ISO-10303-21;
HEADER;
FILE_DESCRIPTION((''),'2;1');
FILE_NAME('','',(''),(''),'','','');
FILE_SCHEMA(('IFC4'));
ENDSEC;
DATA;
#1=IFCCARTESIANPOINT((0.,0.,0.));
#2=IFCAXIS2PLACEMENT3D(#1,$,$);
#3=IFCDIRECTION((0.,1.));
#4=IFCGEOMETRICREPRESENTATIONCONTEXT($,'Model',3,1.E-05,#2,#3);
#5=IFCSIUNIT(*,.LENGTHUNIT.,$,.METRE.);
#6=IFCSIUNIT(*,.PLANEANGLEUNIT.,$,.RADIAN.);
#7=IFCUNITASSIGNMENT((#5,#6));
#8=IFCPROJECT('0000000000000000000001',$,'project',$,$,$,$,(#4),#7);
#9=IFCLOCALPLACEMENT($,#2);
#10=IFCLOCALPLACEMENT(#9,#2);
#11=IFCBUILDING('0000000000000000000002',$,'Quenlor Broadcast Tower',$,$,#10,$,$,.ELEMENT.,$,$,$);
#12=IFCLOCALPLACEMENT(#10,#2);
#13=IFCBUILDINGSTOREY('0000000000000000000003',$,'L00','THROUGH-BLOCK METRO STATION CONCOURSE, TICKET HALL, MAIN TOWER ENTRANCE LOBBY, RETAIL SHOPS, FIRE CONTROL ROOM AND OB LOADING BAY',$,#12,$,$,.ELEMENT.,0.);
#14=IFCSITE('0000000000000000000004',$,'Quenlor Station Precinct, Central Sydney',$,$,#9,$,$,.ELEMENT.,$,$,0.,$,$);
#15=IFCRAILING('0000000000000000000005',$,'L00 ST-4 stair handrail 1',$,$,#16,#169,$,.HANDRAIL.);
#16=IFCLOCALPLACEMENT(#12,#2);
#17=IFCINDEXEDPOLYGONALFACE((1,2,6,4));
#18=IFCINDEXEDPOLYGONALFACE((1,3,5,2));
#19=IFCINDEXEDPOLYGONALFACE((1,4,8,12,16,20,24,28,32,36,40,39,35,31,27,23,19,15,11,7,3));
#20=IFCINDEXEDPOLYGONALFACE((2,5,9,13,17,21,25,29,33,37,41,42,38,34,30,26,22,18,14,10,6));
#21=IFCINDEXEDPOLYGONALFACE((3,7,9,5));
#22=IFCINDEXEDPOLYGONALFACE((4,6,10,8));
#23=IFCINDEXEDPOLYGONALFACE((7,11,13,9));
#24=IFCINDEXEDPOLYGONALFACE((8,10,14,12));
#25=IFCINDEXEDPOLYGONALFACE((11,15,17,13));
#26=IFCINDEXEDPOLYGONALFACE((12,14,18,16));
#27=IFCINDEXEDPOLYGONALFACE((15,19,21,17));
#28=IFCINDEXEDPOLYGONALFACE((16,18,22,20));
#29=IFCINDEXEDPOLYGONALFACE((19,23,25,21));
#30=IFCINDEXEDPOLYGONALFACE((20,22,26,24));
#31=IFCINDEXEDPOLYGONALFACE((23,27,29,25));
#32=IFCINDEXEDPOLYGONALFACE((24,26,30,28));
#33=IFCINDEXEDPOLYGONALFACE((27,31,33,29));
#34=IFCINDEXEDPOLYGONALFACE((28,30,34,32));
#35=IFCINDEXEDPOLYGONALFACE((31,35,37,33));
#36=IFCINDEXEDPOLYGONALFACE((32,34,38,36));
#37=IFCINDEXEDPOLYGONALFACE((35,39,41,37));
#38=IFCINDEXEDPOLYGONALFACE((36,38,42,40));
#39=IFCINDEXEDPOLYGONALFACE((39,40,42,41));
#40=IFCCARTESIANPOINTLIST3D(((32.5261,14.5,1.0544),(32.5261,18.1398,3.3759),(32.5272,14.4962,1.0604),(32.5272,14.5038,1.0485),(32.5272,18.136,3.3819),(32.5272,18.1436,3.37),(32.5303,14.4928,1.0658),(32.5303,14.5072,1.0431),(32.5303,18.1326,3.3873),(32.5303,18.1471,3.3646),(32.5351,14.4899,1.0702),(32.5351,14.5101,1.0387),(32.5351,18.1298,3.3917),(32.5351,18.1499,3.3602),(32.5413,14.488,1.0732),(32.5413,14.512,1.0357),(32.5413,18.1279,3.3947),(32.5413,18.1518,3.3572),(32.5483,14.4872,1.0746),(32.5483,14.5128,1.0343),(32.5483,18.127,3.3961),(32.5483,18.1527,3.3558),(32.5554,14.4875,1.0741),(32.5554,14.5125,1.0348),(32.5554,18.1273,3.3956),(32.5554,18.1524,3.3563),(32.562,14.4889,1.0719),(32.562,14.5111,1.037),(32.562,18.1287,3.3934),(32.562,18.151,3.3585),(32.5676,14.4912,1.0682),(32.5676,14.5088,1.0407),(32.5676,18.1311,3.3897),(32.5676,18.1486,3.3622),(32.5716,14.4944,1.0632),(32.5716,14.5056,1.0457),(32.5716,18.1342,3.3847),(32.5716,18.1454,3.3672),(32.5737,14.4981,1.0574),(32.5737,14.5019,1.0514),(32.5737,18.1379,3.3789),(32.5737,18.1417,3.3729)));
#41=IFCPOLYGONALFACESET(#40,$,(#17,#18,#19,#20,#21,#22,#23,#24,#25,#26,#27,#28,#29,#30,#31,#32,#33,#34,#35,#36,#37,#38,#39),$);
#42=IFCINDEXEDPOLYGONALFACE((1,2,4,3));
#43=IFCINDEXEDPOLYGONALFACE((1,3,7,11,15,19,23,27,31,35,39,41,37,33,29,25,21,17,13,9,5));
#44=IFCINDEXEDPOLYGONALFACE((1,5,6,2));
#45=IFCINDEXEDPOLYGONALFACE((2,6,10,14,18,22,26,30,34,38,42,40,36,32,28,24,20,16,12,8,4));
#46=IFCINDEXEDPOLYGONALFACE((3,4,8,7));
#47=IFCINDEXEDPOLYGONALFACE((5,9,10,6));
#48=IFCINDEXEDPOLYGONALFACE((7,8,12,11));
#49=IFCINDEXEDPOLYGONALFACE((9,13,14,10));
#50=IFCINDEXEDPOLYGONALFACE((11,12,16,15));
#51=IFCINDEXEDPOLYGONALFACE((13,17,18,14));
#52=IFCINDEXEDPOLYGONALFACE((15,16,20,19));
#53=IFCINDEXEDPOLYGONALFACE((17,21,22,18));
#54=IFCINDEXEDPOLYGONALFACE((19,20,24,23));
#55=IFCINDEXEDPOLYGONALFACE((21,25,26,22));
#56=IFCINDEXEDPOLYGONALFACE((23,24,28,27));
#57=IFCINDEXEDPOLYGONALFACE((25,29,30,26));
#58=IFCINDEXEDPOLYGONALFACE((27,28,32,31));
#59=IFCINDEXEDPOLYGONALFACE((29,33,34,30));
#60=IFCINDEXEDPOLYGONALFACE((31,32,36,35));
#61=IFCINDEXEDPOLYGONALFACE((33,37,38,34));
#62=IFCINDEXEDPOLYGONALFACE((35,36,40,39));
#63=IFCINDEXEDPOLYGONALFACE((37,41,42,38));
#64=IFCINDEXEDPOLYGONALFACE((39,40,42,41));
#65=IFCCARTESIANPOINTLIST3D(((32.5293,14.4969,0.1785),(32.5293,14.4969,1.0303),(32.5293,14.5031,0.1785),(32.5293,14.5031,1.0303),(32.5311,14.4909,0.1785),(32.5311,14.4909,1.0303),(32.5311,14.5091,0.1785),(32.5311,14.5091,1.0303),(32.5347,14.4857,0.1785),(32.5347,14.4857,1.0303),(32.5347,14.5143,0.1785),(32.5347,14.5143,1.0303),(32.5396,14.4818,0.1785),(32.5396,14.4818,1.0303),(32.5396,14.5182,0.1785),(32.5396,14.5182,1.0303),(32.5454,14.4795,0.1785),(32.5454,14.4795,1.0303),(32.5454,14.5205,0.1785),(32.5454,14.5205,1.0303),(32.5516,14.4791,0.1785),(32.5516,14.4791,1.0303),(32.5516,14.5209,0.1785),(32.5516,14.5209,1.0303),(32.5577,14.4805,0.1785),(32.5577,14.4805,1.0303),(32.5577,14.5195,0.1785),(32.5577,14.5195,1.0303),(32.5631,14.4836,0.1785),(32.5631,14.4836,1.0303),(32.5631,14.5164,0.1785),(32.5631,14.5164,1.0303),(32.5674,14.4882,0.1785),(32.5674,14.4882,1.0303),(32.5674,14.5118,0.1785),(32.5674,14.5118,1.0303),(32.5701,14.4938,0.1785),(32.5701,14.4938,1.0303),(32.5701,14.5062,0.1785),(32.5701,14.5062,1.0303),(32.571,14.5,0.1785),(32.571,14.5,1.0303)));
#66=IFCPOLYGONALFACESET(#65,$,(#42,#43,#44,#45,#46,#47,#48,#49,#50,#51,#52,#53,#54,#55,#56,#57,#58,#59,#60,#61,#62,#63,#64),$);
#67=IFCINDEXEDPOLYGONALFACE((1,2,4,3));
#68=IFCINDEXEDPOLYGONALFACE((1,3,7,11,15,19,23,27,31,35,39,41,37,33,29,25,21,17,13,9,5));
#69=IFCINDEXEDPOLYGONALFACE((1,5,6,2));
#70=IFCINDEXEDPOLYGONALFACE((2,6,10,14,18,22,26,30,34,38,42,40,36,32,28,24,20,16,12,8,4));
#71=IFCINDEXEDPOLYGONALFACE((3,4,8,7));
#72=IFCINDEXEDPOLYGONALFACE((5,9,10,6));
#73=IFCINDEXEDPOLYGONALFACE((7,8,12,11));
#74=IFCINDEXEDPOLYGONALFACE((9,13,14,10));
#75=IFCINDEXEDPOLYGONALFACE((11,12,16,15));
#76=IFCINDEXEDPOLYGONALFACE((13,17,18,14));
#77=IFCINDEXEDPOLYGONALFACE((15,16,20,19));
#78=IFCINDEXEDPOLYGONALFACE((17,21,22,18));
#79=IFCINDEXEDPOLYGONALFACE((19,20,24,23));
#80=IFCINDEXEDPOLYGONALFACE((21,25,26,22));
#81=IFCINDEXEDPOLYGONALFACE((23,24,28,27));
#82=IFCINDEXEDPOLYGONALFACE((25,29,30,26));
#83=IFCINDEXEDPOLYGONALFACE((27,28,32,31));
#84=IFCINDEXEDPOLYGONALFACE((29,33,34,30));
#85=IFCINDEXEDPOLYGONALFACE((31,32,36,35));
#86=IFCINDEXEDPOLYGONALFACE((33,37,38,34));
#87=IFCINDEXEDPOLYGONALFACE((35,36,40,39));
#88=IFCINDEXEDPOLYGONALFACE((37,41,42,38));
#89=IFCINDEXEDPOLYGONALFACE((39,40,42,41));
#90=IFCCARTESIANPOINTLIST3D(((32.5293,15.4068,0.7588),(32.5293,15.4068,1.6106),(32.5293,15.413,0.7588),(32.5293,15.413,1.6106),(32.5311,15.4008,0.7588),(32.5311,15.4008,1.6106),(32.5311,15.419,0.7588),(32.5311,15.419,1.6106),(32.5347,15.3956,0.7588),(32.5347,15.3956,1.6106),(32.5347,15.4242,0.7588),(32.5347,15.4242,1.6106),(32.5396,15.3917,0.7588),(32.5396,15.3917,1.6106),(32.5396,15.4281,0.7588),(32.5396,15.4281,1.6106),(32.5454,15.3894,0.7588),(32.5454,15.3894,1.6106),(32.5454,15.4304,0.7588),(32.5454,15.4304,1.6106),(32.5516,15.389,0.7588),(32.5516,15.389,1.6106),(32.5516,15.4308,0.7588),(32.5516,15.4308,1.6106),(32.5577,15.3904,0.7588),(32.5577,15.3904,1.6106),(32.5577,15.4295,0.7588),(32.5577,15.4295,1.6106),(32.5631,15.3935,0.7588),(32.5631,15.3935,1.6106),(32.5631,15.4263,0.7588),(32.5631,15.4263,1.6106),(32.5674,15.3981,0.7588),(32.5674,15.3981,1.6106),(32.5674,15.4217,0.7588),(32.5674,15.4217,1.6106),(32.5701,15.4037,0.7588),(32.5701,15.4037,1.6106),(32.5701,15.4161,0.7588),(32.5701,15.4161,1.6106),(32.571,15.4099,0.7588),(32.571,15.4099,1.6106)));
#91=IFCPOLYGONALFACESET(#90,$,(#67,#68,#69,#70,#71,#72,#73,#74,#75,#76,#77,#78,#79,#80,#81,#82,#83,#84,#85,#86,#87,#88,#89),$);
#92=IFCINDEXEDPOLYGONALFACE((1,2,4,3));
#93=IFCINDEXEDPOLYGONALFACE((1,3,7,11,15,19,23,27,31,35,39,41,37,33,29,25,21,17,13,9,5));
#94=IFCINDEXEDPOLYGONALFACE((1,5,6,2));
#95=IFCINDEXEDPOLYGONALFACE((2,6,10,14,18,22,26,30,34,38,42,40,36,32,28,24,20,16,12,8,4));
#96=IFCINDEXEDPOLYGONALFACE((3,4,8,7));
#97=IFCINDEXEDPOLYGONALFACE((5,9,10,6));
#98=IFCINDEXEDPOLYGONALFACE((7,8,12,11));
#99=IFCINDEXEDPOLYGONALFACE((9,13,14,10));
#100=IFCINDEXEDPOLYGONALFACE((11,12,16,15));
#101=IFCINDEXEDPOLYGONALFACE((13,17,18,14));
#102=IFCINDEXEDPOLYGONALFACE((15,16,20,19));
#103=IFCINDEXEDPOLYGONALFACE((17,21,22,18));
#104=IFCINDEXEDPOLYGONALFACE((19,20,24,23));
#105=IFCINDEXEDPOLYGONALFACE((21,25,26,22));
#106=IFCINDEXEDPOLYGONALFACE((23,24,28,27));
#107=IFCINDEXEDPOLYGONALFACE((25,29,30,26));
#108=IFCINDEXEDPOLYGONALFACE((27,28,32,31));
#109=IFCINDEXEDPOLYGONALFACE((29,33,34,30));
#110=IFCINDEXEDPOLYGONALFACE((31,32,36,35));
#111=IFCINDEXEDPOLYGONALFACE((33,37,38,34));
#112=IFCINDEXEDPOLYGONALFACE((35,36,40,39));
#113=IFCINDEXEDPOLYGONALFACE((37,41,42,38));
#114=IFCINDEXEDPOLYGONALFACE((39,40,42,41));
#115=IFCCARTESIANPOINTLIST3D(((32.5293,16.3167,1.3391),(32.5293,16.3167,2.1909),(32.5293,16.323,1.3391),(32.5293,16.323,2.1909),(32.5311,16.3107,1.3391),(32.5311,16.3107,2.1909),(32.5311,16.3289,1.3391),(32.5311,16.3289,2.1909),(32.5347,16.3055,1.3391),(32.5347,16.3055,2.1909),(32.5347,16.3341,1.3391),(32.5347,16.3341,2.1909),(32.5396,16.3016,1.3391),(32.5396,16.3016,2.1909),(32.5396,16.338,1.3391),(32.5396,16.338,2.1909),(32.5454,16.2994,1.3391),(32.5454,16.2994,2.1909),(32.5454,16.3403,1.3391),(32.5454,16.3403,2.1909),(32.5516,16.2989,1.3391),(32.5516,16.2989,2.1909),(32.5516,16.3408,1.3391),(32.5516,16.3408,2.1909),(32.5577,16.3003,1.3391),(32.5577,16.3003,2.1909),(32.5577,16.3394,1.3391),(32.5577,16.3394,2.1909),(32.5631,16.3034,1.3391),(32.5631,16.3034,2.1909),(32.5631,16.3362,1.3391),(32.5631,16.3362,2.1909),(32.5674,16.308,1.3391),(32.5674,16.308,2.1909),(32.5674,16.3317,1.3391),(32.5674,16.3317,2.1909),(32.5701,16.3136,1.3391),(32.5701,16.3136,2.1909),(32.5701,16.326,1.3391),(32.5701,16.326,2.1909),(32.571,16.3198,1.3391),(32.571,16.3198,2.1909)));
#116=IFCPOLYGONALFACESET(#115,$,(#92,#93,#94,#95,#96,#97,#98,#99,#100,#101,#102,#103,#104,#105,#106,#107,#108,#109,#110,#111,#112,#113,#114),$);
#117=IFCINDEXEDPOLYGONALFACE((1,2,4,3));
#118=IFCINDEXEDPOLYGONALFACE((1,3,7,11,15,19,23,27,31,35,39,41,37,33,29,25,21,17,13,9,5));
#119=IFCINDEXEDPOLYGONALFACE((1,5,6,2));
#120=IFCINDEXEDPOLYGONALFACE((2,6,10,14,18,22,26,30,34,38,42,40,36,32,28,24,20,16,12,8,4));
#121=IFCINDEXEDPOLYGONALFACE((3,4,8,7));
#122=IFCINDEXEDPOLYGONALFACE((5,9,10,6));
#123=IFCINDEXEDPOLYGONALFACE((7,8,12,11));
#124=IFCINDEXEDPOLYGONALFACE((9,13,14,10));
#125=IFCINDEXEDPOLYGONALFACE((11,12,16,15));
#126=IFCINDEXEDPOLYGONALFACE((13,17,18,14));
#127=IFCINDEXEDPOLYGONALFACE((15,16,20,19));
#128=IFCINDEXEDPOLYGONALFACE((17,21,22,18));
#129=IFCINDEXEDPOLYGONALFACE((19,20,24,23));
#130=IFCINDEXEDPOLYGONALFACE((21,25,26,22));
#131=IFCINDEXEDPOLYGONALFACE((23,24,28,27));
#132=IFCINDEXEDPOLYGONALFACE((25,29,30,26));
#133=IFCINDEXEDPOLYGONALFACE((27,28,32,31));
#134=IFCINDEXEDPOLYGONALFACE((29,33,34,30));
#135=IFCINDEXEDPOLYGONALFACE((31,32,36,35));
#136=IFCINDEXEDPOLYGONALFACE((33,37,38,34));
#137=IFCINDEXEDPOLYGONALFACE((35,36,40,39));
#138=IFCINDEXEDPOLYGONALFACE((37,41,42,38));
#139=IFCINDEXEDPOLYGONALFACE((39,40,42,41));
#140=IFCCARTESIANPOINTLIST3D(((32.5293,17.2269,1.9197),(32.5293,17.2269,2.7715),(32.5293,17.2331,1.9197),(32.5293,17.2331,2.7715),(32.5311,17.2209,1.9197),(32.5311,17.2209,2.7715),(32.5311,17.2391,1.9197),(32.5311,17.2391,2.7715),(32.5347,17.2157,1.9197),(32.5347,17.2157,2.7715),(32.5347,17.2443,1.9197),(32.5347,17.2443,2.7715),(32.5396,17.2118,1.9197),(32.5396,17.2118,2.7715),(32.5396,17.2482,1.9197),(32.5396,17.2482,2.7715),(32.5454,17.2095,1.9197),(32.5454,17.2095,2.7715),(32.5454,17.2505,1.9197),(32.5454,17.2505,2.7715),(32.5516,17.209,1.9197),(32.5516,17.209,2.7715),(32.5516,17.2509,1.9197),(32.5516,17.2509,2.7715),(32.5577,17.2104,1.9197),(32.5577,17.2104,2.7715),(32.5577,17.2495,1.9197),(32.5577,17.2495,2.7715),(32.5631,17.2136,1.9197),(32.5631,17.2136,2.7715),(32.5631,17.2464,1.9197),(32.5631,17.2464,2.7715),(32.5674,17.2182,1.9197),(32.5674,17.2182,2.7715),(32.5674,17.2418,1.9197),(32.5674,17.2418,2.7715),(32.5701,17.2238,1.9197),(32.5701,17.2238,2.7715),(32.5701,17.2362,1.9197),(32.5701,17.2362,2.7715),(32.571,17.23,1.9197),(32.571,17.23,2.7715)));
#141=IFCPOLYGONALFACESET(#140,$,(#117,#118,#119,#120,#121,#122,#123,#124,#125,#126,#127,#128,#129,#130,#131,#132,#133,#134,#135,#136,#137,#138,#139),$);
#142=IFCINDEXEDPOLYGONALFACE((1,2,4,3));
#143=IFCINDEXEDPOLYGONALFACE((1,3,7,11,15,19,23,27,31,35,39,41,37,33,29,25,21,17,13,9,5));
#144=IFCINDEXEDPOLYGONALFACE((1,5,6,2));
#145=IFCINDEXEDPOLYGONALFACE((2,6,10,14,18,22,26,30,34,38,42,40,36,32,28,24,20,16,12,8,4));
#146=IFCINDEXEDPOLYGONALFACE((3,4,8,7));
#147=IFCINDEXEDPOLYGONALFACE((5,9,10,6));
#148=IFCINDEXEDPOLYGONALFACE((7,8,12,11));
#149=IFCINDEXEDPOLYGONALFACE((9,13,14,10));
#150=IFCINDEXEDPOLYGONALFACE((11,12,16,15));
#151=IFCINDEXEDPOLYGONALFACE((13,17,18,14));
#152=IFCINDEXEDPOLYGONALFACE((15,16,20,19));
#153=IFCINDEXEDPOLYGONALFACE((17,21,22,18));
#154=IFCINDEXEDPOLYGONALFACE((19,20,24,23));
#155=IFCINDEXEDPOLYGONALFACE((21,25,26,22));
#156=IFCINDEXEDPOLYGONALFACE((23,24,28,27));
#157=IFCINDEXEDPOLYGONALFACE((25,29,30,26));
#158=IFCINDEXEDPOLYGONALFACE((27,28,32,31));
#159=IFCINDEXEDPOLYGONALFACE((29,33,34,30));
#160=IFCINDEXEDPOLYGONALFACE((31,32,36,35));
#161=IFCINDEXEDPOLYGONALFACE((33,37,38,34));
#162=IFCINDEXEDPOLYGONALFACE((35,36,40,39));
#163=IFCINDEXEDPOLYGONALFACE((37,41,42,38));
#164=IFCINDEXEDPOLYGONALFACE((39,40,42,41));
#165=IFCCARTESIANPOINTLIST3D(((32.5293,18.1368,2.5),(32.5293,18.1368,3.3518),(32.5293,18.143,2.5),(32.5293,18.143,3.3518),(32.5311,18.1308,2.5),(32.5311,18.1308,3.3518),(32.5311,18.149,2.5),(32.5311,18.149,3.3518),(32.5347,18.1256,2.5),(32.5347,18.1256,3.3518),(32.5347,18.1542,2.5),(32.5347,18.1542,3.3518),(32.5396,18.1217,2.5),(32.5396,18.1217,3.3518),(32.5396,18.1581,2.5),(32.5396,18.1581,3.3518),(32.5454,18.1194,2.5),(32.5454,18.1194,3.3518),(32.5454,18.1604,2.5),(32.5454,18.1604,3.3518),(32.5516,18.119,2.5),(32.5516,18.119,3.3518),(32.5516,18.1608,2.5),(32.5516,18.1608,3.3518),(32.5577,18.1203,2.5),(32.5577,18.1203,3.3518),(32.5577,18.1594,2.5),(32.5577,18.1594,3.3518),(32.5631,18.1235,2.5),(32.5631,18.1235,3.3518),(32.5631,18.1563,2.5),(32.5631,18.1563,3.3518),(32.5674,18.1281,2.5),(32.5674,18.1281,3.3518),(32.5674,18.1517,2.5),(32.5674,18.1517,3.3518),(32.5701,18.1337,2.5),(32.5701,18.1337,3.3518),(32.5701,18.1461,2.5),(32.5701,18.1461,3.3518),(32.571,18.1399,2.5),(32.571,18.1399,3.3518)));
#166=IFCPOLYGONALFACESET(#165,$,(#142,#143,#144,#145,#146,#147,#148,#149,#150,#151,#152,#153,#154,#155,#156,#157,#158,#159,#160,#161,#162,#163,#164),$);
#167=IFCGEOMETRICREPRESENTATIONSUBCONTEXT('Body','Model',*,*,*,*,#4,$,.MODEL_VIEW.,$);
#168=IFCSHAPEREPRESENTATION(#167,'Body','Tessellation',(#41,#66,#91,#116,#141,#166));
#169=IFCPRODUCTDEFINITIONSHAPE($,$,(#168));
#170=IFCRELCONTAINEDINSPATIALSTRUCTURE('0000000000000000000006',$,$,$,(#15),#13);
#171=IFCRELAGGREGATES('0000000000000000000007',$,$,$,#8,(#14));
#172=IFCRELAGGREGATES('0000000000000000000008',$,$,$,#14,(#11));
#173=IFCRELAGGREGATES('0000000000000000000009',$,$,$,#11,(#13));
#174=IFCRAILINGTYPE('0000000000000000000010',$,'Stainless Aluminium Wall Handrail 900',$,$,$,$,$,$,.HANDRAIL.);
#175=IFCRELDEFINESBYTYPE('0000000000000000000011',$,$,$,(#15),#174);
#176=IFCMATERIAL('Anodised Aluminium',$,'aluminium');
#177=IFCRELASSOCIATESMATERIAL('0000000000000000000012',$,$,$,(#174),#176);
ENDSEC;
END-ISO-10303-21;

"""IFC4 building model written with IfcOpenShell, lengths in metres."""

from ifc_helpers import new_model, si_unit, direction, frame, origin, origin_2d, place, context, subcontext, project, spatial, circle, extrude, material, type_object, element, save


model = new_model("IFC4")

# Units and contexts
model_context = context("Model", 3, precision=1e-05, world=origin(), true_north=direction((0.0, 1.0)))
body_context = subcontext(model_context, "Body", "Model", "MODEL_VIEW")
ifc_project = project(units=[si_unit("LENGTHUNIT", "METRE"), si_unit("PLANEANGLEUNIT", "RADIAN")], contexts=[model_context])

# Site, building, storey
site_placement = place(None, origin())
site = spatial("IfcSite", under=ifc_project, at=site_placement, Name="Quenlor Station Precinct, Central Sydney", CompositionType="ELEMENT", RefElevation=0.0)
building_placement = place(site_placement, origin())
building = spatial("IfcBuilding", under=site, at=building_placement, Name="Quenlor Broadcast Tower", CompositionType="ELEMENT")
storey_placement = place(building_placement, origin())
storey = spatial("IfcBuildingStorey", under=building, at=storey_placement, Name="L00", Description="THROUGH-BLOCK METRO STATION CONCOURSE, TICKET HALL, MAIN TOWER ENTRANCE LOBBY, RETAIL SHOPS, FIRE CONTROL ROOM AND OB LOADING BAY", CompositionType="ELEMENT", Elevation=0.0)

# Railing
ifc_material_1 = material(Name="Anodised Aluminium", Category="aluminium")
railing_type_1 = type_object("IfcRailingType", Name="Stainless Aluminium Wall Handrail 900", PredefinedType="HANDRAIL", material=ifc_material_1)
railing_1_placement = place(storey_placement, frame((32.55, 14.5, 0.1785)))
element("IfcRailing", 1, at=railing_1_placement, inside=storey, type_object=railing_type_1, Name="L00 ST-4 stair handrail 1", PredefinedType="HANDRAIL", context=body_context, shape_type="SweptSolid", body=[
    extrude(circle(Radius=0.0239, at=origin_2d()), frame((0.0, 0.0, 0.876), z_axis=(0.0, 0.843112, 0.537739), x_axis=(-1.0, 0.0, 0.0)), (0.0, 0.0, 1.0), 4.3171),
    extrude(circle(Radius=0.021, at=origin_2d()), origin(), (0.0, 0.0, 1.0), 0.8518),
    extrude(circle(Radius=0.021, at=origin_2d()), frame((0.0, 0.9099, 0.5803)), (0.0, 0.0, 1.0), 0.8518),
    extrude(circle(Radius=0.021, at=origin_2d()), frame((0.0, 1.8198, 1.1606)), (0.0, 0.0, 1.0), 0.8518),
    extrude(circle(Radius=0.021, at=origin_2d()), frame((0.0, 2.73, 1.7412)), (0.0, 0.0, 1.0), 0.8518),
    extrude(circle(Radius=0.021, at=origin_2d()), frame((0.0, 3.6399, 2.3215)), (0.0, 0.0, 1.0), 0.8518),
])

save(model, "model.ifc")
